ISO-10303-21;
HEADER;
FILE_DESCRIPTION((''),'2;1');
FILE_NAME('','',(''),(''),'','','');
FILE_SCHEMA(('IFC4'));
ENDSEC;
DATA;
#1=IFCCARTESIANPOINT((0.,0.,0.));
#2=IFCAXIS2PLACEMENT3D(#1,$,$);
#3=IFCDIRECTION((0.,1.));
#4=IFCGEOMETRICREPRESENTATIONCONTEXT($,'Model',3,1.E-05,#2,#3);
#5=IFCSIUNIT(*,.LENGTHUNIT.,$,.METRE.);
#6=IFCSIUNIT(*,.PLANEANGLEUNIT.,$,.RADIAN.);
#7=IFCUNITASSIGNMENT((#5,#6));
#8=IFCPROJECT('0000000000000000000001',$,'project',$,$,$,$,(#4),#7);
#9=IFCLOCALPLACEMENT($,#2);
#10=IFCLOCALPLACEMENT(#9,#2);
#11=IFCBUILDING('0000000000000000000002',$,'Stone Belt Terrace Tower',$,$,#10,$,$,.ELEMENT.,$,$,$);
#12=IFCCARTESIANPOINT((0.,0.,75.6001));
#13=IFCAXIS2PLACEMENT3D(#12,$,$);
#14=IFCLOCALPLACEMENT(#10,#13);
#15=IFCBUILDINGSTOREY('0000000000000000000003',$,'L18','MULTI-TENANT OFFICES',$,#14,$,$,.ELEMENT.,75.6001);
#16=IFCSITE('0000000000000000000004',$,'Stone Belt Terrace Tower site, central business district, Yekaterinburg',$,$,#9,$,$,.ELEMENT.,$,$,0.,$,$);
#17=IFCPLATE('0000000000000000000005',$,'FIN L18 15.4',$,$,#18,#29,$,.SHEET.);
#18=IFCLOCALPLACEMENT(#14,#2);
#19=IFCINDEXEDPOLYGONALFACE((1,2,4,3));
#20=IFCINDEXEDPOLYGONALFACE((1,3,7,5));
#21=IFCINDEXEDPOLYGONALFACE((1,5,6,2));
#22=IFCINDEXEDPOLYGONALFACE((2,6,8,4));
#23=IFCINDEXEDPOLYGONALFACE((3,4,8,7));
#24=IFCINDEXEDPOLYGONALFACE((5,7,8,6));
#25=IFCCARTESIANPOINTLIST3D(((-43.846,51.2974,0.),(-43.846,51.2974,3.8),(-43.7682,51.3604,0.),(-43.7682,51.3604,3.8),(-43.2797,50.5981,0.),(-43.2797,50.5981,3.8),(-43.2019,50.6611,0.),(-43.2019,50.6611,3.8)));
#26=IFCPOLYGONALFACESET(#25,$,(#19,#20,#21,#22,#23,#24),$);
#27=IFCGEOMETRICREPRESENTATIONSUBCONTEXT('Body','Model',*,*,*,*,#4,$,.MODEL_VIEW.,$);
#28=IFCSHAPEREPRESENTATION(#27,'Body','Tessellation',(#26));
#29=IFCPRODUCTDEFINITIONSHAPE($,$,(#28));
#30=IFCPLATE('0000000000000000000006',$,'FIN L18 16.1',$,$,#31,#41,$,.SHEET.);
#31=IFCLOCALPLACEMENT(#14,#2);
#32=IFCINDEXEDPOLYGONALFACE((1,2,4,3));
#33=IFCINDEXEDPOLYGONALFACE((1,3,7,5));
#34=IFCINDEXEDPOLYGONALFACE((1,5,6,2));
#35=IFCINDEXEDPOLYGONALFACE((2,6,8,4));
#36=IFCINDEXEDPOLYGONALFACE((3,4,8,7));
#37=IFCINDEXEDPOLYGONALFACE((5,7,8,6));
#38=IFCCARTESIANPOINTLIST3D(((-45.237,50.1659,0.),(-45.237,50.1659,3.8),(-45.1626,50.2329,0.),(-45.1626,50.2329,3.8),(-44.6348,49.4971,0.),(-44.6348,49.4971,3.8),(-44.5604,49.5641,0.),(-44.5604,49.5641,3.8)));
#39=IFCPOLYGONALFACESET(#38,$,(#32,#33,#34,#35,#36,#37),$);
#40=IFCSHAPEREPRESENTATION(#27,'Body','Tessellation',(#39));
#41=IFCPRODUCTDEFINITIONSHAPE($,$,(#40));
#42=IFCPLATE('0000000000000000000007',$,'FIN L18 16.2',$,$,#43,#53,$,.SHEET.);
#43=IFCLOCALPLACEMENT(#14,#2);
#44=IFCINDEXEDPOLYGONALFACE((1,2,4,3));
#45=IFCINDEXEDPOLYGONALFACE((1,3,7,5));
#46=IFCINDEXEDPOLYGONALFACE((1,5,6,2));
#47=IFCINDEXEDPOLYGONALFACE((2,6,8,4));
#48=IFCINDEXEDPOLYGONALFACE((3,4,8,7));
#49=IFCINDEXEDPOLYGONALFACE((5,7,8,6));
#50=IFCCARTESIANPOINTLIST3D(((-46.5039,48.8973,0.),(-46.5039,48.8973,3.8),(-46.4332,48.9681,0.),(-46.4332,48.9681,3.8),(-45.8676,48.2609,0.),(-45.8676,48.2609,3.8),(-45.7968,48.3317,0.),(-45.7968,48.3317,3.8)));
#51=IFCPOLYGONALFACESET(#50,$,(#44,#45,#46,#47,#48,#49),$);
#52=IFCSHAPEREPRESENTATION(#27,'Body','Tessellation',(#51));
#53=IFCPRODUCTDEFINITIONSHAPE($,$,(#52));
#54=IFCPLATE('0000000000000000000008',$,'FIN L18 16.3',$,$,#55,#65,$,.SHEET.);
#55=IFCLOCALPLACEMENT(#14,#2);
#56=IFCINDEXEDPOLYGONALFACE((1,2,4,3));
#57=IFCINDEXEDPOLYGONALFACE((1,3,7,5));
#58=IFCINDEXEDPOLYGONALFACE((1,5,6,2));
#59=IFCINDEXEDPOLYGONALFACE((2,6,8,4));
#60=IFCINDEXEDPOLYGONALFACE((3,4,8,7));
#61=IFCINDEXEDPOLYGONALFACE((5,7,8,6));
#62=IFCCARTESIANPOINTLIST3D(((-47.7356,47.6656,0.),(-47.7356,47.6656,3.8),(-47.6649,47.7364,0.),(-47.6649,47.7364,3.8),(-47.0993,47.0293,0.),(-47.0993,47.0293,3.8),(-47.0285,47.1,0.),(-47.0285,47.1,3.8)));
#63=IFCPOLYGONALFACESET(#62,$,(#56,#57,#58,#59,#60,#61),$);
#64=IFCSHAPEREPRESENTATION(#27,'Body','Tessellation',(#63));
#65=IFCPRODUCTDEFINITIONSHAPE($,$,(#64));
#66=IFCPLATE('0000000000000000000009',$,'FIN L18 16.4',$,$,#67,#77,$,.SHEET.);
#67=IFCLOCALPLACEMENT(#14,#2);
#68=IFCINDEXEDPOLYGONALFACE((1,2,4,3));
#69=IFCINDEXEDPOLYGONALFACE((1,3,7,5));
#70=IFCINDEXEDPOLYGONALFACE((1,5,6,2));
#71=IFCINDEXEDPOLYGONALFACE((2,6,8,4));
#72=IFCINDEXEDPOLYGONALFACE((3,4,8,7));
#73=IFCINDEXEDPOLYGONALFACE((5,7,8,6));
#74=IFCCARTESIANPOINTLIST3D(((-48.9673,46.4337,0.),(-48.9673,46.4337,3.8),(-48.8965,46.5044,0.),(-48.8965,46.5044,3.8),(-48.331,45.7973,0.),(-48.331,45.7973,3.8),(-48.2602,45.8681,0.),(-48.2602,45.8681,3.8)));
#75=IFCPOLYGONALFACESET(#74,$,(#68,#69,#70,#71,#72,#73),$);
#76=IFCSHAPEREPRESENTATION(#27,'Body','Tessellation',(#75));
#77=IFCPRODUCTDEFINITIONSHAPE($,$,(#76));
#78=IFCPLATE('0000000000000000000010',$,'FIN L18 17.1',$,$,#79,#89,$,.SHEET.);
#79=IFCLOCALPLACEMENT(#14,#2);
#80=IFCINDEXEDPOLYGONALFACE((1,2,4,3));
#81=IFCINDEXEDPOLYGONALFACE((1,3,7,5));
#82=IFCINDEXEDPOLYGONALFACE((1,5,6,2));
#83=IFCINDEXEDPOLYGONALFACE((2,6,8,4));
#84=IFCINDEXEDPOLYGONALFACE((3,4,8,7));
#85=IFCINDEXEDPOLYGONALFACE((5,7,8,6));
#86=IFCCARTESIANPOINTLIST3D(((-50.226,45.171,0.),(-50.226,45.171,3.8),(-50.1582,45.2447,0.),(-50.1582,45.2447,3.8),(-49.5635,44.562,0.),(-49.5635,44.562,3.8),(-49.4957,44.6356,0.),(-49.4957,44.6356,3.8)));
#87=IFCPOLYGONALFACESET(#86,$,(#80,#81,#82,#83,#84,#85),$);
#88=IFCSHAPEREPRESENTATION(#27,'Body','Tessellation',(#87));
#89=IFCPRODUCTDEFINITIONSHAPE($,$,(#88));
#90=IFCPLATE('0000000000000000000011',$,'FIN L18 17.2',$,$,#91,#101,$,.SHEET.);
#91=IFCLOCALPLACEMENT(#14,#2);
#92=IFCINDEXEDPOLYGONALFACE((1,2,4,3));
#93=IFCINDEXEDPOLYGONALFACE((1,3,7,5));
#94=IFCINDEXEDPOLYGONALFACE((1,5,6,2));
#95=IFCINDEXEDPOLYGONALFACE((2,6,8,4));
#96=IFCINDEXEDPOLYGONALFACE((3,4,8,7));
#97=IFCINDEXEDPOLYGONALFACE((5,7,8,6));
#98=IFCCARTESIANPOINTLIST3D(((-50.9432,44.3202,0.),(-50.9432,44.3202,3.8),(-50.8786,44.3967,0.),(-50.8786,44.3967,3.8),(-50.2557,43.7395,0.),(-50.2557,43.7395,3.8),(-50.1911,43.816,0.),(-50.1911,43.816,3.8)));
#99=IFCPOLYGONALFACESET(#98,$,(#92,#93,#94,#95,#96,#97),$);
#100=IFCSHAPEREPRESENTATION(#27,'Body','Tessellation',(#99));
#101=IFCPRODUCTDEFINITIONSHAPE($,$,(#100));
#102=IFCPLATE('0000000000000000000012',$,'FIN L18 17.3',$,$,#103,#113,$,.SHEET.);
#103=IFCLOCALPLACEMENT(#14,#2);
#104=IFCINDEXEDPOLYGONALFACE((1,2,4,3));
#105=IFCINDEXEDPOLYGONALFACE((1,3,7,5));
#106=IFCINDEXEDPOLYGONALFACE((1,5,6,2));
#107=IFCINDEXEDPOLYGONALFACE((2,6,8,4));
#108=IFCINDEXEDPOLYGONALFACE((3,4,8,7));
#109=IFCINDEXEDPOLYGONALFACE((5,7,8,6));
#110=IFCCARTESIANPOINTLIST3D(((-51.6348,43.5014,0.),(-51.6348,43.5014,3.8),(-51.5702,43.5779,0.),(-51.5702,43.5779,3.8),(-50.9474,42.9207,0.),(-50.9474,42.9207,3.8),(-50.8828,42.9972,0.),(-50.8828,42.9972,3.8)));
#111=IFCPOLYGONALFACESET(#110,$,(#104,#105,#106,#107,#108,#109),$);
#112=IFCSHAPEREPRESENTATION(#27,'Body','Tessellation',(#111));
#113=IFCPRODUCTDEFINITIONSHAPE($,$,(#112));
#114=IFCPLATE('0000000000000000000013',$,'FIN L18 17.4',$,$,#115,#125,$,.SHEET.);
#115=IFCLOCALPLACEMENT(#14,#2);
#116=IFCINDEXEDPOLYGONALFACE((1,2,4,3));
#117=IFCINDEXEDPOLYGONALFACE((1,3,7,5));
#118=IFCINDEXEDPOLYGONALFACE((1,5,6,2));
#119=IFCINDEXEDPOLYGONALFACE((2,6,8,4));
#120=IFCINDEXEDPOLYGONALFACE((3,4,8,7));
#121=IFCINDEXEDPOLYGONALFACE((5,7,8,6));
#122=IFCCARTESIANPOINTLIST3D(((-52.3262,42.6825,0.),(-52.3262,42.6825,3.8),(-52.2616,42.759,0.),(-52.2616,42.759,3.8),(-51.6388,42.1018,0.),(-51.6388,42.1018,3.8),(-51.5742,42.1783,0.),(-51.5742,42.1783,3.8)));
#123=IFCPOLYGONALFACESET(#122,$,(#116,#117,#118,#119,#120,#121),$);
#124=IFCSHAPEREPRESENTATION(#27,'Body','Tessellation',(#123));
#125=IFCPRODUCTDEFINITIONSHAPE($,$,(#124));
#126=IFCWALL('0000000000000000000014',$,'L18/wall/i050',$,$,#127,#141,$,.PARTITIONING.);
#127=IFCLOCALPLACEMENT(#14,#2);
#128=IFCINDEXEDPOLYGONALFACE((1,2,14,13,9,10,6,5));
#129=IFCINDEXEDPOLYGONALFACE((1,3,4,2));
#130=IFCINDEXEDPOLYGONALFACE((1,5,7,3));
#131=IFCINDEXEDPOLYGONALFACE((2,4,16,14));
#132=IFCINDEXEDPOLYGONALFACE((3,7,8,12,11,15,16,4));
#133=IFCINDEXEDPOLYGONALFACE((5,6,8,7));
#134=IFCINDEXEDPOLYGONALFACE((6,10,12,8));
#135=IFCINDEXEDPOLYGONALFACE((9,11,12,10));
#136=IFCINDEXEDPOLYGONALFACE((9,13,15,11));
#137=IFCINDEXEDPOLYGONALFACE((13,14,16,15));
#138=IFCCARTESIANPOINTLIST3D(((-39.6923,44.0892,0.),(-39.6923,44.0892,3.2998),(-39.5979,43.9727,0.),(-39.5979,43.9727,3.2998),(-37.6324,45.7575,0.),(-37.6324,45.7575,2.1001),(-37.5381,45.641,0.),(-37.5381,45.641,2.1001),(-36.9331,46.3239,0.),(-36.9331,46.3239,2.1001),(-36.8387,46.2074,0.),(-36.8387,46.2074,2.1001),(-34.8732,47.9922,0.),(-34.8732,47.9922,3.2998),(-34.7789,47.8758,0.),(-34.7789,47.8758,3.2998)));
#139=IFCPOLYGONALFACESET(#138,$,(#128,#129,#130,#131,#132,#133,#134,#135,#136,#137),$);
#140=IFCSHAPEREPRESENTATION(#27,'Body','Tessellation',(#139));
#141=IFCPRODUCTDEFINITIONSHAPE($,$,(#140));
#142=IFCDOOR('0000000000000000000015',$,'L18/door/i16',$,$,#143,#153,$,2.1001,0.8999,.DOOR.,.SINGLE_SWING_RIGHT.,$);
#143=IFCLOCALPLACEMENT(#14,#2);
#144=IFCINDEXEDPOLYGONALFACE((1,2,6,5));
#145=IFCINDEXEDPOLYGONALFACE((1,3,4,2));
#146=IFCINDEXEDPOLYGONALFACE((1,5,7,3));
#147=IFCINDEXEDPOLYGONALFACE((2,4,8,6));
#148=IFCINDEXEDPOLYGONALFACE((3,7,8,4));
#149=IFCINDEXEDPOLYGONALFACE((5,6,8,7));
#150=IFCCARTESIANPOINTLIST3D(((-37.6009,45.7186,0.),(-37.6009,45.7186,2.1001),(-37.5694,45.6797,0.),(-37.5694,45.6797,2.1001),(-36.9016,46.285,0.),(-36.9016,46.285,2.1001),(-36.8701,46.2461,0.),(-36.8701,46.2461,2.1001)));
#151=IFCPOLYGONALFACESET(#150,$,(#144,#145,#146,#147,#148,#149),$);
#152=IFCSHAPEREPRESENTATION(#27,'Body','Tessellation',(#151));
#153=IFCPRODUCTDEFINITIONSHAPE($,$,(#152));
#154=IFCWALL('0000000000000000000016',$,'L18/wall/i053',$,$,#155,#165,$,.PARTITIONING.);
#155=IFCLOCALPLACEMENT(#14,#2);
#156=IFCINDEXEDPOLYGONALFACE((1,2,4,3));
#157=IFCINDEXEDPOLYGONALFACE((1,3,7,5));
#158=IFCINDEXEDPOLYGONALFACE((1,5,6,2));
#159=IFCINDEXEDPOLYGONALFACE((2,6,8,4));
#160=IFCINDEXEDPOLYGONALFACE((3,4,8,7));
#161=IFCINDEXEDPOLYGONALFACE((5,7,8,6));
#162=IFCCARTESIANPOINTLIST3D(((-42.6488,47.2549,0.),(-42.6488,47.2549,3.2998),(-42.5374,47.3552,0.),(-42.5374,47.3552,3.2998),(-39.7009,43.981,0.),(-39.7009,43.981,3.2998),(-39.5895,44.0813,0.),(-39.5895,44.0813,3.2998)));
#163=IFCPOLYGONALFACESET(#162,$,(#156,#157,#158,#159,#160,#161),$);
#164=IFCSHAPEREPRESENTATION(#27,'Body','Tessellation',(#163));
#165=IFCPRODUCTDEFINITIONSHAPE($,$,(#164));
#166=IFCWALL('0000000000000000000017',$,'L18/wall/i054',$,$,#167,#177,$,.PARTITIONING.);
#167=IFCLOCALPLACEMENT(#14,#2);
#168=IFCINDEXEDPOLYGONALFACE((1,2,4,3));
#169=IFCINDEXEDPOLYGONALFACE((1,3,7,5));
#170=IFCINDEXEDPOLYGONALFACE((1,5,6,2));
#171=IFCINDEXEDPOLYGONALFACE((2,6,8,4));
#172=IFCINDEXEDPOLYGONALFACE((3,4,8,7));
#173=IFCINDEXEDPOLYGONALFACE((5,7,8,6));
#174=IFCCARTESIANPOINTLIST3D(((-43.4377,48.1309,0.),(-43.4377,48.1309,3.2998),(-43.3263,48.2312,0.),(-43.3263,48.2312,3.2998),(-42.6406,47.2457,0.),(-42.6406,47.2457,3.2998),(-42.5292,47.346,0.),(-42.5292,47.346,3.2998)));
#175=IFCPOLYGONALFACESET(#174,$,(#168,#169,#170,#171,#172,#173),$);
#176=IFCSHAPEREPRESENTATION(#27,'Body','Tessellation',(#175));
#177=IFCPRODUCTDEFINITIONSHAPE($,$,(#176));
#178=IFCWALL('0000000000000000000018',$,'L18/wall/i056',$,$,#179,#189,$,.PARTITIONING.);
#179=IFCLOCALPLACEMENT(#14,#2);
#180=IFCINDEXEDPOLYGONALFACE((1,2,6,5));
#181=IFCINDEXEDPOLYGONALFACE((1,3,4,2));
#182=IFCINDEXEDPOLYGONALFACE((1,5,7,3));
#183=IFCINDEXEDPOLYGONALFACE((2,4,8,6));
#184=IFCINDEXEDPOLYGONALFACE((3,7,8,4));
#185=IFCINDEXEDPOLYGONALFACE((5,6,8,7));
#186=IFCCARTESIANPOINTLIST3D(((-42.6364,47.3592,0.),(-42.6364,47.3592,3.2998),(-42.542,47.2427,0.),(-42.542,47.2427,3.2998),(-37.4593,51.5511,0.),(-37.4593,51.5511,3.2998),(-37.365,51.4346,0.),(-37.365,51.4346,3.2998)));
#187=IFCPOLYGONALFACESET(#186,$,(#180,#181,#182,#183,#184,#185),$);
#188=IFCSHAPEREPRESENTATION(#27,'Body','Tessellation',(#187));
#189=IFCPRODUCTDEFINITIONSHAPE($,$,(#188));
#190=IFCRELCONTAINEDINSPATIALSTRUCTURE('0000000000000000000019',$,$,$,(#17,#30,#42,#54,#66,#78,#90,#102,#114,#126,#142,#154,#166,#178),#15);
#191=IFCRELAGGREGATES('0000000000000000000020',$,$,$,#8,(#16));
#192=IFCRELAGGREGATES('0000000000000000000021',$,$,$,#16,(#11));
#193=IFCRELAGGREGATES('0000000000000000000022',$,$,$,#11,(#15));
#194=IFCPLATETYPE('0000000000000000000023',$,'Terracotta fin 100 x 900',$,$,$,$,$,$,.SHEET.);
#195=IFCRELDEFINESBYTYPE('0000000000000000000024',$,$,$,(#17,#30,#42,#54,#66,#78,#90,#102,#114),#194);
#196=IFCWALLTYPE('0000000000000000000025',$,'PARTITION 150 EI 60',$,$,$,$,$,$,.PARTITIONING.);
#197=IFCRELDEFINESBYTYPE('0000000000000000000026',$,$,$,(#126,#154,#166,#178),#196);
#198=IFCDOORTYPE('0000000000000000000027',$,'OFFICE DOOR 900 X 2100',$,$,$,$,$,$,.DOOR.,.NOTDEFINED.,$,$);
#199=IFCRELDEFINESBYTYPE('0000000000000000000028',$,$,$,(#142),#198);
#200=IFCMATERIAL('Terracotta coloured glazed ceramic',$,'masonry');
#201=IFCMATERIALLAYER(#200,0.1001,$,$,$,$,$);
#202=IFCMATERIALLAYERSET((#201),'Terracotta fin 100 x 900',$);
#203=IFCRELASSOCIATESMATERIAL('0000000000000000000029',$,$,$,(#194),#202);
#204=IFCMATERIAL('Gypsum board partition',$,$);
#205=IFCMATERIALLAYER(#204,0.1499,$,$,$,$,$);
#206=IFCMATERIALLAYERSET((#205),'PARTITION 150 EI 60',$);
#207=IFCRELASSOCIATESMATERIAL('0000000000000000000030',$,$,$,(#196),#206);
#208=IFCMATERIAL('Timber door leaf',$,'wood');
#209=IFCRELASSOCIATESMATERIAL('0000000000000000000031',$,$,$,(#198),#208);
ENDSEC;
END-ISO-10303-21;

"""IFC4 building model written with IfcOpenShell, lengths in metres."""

from ifc_helpers import new_model, si_unit, direction, frame, frame_2d, origin, origin_2d, place, context, subcontext, project, spatial, rectangle, extrude, material, layer, layer_set, type_object, element, fill, save


model = new_model("IFC4")

# Units and contexts
model_context = context("Model", 3, precision=1e-05, world=origin(), true_north=direction((0.0, 1.0)))
body_context = subcontext(model_context, "Body", "Model", "MODEL_VIEW")
ifc_project = project(units=[si_unit("LENGTHUNIT", "METRE"), si_unit("PLANEANGLEUNIT", "RADIAN")], contexts=[model_context])

# Site, building, storey
site_placement = place(None, origin())
site = spatial("IfcSite", under=ifc_project, at=site_placement, Name="Stone Belt Terrace Tower site, central business district, Yekaterinburg", CompositionType="ELEMENT", RefElevation=0.0)
building_placement = place(site_placement, origin())
building = spatial("IfcBuilding", under=site, at=building_placement, Name="Stone Belt Terrace Tower", CompositionType="ELEMENT")
storey_placement = place(building_placement, frame((0.0, 0.0, 75.6001)))
storey = spatial("IfcBuildingStorey", under=building, at=storey_placement, Name="L18", Description="MULTI-TENANT OFFICES", CompositionType="ELEMENT", Elevation=75.6001)

# Plates
ifc_material_1 = material(Name="Terracotta coloured glazed ceramic", Category="masonry")
ifc_layer_1 = layer(ifc_material_1, 0.1001)
ifc_layer_set_1 = layer_set([ifc_layer_1], Name="Terracotta fin 100 x 900")
plate_type_1 = type_object("IfcPlateType", Name="Terracotta fin 100 x 900", PredefinedType="SHEET", material=ifc_layer_set_1)
for number, where, z_axis, x_axis, name in (
    (1, (-43.5239, 50.9792, 0.0), (0.0, 0.0, 1.0), (-0.62932, 0.777146, 0.0), "FIN L18 15.4"),
    (2, (-44.8987, 49.865, 0.0), (0.0, 0.0, 1.0), (-0.669131, 0.743145, 0.0), "FIN L18 16.1"),
    (3, (-46.1504, 48.6145, 0.0), (0.0, 0.0, 1.0), (-0.707107, 0.707107, 0.0), "FIN L18 16.2"),
    (4, (-47.3821, 47.3828, 0.0), (0.0, 0.0, 1.0), (-0.707107, 0.707107, 0.0), "FIN L18 16.3"),
    (5, (-48.6138, 46.1509, 0.0), (0.0, 0.0, 1.0), (-0.707107, 0.707107, 0.0), "FIN L18 16.4"),
    (6, (-49.8608, 44.9033, 0.0), (0.0, 0.0, 1.0), (-0.736171, 0.676796, 0.0), "FIN L18 17.1"),
    (7, (-50.5671, 44.0681, 0.0), (0.0, 0.0, 1.0), (-0.763937, 0.645291, 0.0), "FIN L18 17.2"),
    (8, (-51.2588, 43.2493, 0.0), (0.0, 0.0, 1.0), (-0.763937, 0.645291, 0.0), "FIN L18 17.3"),
    (9, (-51.9502, 42.4304, 0.0), (0.0, 0.0, 1.0), (-0.763937, 0.645291, 0.0), "FIN L18 17.4"),
):
    element("IfcPlate", number, at=place(storey_placement, frame(where, z_axis=z_axis, x_axis=x_axis)), inside=storey, type_object=plate_type_1, Name=name, PredefinedType="SHEET", context=body_context, shape_type="SweptSolid", body=[
        extrude(rectangle(XDim=0.8999, YDim=0.1001, at=origin_2d()), origin(), (0.0, 0.0, 1.0), 3.8),
    ])

# Wall, opening, door
ifc_material_2 = material(Name="Gypsum board partition")
ifc_layer_2 = layer(ifc_material_2, 0.1499)
ifc_layer_set_2 = layer_set([ifc_layer_2], Name="PARTITION 150 EI 60")
wall_type = type_object("IfcWallType", Name="PARTITION 150 EI 60", PredefinedType="PARTITIONING", material=ifc_layer_set_2)
wall_1_placement = place(storey_placement, frame((-39.645, 44.031, 0.0), z_axis=(0.0, 0.0, 1.0), x_axis=(0.777094, 0.629384, 0.0)))
wall_1 = element("IfcWall", 10, at=wall_1_placement, inside=storey, type_object=wall_type, Name="L18/wall/i050", PredefinedType="PARTITIONING", context=body_context, shape_type="SweptSolid", body=[
    extrude(rectangle(XDim=6.2014, YDim=0.1499, at=frame_2d((3.1006, 0.0))), origin(), (0.0, 0.0, 1.0), 3.2998),
])
opening_placement = place(wall_1_placement, frame((2.6506, 0.0, 0.0)))
opening = element("IfcOpeningElement", 11, at=opening_placement, cuts=wall_1, PredefinedType="OPENING", context=body_context, shape_type="SweptSolid", body=[
    extrude(rectangle(XDim=0.8999, YDim=2.1001, at=frame_2d((0.45, 1.05))), frame((0.0, 0.085, 0.0), z_axis=(0.0, -1.0, 0.0), x_axis=(1.0, 0.0, 0.0)), (0.0, 0.0, 1.0), 0.1699),
])
ifc_material_3 = material(Name="Timber door leaf", Category="wood")
door_type = type_object("IfcDoorType", Name="OFFICE DOOR 900 X 2100", OperationType="NOTDEFINED", PredefinedType="DOOR", material=ifc_material_3)
door_placement = place(opening_placement, origin())
door = element("IfcDoor", 12, at=door_placement, inside=storey, type_object=door_type, Name="L18/door/i16", OperationType="SINGLE_SWING_RIGHT", OverallHeight=2.1001, OverallWidth=0.8999, PredefinedType="DOOR", context=body_context, shape_type="SweptSolid", body=[
    extrude(rectangle(XDim=0.8999, YDim=2.1001, at=frame_2d((0.45, 1.05))), frame((0.0, 0.0249, 0.0), z_axis=(0.0, -1.0, 0.0), x_axis=(1.0, 0.0, 0.0)), (0.0, 0.0, 1.0), 0.05),
])
fill(opening, door)

# Walls
wall_2_placement = place(storey_placement, frame((-42.593, 47.3049, 0.0), z_axis=(0.0, 0.0, 1.0), x_axis=(0.669148, -0.743129, 0.0)))
element("IfcWall", 13, at=wall_2_placement, inside=storey, type_object=wall_type, Name="L18/wall/i053", PredefinedType="PARTITIONING", context=body_context, shape_type="SweptSolid", body=[
    extrude(rectangle(XDim=4.4055, YDim=0.1499, at=frame_2d((2.2026, 0.0))), origin(), (0.0, 0.0, 1.0), 3.2998),
])
wall_3_placement = place(storey_placement, frame((-43.3821, 48.1812, 0.0), z_axis=(0.0, 0.0, 1.0), x_axis=(0.669146, -0.743131, 0.0)))
element("IfcWall", 14, at=wall_3_placement, inside=storey, type_object=wall_type, Name="L18/wall/i054", PredefinedType="PARTITIONING", context=body_context, shape_type="SweptSolid", body=[
    extrude(rectangle(XDim=1.1912, YDim=0.1499, at=frame_2d((0.5957, 0.0))), origin(), (0.0, 0.0, 1.0), 3.2998),
])
wall_4_placement = place(storey_placement, frame((-42.5891, 47.301, 0.0), z_axis=(0.0, 0.0, 1.0), x_axis=(0.777172, 0.629288, 0.0)))
element("IfcWall", 15, at=wall_4_placement, inside=storey, type_object=wall_type, Name="L18/wall/i056", PredefinedType="PARTITIONING", context=body_context, shape_type="SweptSolid", body=[
    extrude(rectangle(XDim=6.6614, YDim=0.1499, at=frame_2d((3.3306, 0.0))), origin(), (0.0, 0.0, 1.0), 3.2998),
])

save(model, "model.ifc")
